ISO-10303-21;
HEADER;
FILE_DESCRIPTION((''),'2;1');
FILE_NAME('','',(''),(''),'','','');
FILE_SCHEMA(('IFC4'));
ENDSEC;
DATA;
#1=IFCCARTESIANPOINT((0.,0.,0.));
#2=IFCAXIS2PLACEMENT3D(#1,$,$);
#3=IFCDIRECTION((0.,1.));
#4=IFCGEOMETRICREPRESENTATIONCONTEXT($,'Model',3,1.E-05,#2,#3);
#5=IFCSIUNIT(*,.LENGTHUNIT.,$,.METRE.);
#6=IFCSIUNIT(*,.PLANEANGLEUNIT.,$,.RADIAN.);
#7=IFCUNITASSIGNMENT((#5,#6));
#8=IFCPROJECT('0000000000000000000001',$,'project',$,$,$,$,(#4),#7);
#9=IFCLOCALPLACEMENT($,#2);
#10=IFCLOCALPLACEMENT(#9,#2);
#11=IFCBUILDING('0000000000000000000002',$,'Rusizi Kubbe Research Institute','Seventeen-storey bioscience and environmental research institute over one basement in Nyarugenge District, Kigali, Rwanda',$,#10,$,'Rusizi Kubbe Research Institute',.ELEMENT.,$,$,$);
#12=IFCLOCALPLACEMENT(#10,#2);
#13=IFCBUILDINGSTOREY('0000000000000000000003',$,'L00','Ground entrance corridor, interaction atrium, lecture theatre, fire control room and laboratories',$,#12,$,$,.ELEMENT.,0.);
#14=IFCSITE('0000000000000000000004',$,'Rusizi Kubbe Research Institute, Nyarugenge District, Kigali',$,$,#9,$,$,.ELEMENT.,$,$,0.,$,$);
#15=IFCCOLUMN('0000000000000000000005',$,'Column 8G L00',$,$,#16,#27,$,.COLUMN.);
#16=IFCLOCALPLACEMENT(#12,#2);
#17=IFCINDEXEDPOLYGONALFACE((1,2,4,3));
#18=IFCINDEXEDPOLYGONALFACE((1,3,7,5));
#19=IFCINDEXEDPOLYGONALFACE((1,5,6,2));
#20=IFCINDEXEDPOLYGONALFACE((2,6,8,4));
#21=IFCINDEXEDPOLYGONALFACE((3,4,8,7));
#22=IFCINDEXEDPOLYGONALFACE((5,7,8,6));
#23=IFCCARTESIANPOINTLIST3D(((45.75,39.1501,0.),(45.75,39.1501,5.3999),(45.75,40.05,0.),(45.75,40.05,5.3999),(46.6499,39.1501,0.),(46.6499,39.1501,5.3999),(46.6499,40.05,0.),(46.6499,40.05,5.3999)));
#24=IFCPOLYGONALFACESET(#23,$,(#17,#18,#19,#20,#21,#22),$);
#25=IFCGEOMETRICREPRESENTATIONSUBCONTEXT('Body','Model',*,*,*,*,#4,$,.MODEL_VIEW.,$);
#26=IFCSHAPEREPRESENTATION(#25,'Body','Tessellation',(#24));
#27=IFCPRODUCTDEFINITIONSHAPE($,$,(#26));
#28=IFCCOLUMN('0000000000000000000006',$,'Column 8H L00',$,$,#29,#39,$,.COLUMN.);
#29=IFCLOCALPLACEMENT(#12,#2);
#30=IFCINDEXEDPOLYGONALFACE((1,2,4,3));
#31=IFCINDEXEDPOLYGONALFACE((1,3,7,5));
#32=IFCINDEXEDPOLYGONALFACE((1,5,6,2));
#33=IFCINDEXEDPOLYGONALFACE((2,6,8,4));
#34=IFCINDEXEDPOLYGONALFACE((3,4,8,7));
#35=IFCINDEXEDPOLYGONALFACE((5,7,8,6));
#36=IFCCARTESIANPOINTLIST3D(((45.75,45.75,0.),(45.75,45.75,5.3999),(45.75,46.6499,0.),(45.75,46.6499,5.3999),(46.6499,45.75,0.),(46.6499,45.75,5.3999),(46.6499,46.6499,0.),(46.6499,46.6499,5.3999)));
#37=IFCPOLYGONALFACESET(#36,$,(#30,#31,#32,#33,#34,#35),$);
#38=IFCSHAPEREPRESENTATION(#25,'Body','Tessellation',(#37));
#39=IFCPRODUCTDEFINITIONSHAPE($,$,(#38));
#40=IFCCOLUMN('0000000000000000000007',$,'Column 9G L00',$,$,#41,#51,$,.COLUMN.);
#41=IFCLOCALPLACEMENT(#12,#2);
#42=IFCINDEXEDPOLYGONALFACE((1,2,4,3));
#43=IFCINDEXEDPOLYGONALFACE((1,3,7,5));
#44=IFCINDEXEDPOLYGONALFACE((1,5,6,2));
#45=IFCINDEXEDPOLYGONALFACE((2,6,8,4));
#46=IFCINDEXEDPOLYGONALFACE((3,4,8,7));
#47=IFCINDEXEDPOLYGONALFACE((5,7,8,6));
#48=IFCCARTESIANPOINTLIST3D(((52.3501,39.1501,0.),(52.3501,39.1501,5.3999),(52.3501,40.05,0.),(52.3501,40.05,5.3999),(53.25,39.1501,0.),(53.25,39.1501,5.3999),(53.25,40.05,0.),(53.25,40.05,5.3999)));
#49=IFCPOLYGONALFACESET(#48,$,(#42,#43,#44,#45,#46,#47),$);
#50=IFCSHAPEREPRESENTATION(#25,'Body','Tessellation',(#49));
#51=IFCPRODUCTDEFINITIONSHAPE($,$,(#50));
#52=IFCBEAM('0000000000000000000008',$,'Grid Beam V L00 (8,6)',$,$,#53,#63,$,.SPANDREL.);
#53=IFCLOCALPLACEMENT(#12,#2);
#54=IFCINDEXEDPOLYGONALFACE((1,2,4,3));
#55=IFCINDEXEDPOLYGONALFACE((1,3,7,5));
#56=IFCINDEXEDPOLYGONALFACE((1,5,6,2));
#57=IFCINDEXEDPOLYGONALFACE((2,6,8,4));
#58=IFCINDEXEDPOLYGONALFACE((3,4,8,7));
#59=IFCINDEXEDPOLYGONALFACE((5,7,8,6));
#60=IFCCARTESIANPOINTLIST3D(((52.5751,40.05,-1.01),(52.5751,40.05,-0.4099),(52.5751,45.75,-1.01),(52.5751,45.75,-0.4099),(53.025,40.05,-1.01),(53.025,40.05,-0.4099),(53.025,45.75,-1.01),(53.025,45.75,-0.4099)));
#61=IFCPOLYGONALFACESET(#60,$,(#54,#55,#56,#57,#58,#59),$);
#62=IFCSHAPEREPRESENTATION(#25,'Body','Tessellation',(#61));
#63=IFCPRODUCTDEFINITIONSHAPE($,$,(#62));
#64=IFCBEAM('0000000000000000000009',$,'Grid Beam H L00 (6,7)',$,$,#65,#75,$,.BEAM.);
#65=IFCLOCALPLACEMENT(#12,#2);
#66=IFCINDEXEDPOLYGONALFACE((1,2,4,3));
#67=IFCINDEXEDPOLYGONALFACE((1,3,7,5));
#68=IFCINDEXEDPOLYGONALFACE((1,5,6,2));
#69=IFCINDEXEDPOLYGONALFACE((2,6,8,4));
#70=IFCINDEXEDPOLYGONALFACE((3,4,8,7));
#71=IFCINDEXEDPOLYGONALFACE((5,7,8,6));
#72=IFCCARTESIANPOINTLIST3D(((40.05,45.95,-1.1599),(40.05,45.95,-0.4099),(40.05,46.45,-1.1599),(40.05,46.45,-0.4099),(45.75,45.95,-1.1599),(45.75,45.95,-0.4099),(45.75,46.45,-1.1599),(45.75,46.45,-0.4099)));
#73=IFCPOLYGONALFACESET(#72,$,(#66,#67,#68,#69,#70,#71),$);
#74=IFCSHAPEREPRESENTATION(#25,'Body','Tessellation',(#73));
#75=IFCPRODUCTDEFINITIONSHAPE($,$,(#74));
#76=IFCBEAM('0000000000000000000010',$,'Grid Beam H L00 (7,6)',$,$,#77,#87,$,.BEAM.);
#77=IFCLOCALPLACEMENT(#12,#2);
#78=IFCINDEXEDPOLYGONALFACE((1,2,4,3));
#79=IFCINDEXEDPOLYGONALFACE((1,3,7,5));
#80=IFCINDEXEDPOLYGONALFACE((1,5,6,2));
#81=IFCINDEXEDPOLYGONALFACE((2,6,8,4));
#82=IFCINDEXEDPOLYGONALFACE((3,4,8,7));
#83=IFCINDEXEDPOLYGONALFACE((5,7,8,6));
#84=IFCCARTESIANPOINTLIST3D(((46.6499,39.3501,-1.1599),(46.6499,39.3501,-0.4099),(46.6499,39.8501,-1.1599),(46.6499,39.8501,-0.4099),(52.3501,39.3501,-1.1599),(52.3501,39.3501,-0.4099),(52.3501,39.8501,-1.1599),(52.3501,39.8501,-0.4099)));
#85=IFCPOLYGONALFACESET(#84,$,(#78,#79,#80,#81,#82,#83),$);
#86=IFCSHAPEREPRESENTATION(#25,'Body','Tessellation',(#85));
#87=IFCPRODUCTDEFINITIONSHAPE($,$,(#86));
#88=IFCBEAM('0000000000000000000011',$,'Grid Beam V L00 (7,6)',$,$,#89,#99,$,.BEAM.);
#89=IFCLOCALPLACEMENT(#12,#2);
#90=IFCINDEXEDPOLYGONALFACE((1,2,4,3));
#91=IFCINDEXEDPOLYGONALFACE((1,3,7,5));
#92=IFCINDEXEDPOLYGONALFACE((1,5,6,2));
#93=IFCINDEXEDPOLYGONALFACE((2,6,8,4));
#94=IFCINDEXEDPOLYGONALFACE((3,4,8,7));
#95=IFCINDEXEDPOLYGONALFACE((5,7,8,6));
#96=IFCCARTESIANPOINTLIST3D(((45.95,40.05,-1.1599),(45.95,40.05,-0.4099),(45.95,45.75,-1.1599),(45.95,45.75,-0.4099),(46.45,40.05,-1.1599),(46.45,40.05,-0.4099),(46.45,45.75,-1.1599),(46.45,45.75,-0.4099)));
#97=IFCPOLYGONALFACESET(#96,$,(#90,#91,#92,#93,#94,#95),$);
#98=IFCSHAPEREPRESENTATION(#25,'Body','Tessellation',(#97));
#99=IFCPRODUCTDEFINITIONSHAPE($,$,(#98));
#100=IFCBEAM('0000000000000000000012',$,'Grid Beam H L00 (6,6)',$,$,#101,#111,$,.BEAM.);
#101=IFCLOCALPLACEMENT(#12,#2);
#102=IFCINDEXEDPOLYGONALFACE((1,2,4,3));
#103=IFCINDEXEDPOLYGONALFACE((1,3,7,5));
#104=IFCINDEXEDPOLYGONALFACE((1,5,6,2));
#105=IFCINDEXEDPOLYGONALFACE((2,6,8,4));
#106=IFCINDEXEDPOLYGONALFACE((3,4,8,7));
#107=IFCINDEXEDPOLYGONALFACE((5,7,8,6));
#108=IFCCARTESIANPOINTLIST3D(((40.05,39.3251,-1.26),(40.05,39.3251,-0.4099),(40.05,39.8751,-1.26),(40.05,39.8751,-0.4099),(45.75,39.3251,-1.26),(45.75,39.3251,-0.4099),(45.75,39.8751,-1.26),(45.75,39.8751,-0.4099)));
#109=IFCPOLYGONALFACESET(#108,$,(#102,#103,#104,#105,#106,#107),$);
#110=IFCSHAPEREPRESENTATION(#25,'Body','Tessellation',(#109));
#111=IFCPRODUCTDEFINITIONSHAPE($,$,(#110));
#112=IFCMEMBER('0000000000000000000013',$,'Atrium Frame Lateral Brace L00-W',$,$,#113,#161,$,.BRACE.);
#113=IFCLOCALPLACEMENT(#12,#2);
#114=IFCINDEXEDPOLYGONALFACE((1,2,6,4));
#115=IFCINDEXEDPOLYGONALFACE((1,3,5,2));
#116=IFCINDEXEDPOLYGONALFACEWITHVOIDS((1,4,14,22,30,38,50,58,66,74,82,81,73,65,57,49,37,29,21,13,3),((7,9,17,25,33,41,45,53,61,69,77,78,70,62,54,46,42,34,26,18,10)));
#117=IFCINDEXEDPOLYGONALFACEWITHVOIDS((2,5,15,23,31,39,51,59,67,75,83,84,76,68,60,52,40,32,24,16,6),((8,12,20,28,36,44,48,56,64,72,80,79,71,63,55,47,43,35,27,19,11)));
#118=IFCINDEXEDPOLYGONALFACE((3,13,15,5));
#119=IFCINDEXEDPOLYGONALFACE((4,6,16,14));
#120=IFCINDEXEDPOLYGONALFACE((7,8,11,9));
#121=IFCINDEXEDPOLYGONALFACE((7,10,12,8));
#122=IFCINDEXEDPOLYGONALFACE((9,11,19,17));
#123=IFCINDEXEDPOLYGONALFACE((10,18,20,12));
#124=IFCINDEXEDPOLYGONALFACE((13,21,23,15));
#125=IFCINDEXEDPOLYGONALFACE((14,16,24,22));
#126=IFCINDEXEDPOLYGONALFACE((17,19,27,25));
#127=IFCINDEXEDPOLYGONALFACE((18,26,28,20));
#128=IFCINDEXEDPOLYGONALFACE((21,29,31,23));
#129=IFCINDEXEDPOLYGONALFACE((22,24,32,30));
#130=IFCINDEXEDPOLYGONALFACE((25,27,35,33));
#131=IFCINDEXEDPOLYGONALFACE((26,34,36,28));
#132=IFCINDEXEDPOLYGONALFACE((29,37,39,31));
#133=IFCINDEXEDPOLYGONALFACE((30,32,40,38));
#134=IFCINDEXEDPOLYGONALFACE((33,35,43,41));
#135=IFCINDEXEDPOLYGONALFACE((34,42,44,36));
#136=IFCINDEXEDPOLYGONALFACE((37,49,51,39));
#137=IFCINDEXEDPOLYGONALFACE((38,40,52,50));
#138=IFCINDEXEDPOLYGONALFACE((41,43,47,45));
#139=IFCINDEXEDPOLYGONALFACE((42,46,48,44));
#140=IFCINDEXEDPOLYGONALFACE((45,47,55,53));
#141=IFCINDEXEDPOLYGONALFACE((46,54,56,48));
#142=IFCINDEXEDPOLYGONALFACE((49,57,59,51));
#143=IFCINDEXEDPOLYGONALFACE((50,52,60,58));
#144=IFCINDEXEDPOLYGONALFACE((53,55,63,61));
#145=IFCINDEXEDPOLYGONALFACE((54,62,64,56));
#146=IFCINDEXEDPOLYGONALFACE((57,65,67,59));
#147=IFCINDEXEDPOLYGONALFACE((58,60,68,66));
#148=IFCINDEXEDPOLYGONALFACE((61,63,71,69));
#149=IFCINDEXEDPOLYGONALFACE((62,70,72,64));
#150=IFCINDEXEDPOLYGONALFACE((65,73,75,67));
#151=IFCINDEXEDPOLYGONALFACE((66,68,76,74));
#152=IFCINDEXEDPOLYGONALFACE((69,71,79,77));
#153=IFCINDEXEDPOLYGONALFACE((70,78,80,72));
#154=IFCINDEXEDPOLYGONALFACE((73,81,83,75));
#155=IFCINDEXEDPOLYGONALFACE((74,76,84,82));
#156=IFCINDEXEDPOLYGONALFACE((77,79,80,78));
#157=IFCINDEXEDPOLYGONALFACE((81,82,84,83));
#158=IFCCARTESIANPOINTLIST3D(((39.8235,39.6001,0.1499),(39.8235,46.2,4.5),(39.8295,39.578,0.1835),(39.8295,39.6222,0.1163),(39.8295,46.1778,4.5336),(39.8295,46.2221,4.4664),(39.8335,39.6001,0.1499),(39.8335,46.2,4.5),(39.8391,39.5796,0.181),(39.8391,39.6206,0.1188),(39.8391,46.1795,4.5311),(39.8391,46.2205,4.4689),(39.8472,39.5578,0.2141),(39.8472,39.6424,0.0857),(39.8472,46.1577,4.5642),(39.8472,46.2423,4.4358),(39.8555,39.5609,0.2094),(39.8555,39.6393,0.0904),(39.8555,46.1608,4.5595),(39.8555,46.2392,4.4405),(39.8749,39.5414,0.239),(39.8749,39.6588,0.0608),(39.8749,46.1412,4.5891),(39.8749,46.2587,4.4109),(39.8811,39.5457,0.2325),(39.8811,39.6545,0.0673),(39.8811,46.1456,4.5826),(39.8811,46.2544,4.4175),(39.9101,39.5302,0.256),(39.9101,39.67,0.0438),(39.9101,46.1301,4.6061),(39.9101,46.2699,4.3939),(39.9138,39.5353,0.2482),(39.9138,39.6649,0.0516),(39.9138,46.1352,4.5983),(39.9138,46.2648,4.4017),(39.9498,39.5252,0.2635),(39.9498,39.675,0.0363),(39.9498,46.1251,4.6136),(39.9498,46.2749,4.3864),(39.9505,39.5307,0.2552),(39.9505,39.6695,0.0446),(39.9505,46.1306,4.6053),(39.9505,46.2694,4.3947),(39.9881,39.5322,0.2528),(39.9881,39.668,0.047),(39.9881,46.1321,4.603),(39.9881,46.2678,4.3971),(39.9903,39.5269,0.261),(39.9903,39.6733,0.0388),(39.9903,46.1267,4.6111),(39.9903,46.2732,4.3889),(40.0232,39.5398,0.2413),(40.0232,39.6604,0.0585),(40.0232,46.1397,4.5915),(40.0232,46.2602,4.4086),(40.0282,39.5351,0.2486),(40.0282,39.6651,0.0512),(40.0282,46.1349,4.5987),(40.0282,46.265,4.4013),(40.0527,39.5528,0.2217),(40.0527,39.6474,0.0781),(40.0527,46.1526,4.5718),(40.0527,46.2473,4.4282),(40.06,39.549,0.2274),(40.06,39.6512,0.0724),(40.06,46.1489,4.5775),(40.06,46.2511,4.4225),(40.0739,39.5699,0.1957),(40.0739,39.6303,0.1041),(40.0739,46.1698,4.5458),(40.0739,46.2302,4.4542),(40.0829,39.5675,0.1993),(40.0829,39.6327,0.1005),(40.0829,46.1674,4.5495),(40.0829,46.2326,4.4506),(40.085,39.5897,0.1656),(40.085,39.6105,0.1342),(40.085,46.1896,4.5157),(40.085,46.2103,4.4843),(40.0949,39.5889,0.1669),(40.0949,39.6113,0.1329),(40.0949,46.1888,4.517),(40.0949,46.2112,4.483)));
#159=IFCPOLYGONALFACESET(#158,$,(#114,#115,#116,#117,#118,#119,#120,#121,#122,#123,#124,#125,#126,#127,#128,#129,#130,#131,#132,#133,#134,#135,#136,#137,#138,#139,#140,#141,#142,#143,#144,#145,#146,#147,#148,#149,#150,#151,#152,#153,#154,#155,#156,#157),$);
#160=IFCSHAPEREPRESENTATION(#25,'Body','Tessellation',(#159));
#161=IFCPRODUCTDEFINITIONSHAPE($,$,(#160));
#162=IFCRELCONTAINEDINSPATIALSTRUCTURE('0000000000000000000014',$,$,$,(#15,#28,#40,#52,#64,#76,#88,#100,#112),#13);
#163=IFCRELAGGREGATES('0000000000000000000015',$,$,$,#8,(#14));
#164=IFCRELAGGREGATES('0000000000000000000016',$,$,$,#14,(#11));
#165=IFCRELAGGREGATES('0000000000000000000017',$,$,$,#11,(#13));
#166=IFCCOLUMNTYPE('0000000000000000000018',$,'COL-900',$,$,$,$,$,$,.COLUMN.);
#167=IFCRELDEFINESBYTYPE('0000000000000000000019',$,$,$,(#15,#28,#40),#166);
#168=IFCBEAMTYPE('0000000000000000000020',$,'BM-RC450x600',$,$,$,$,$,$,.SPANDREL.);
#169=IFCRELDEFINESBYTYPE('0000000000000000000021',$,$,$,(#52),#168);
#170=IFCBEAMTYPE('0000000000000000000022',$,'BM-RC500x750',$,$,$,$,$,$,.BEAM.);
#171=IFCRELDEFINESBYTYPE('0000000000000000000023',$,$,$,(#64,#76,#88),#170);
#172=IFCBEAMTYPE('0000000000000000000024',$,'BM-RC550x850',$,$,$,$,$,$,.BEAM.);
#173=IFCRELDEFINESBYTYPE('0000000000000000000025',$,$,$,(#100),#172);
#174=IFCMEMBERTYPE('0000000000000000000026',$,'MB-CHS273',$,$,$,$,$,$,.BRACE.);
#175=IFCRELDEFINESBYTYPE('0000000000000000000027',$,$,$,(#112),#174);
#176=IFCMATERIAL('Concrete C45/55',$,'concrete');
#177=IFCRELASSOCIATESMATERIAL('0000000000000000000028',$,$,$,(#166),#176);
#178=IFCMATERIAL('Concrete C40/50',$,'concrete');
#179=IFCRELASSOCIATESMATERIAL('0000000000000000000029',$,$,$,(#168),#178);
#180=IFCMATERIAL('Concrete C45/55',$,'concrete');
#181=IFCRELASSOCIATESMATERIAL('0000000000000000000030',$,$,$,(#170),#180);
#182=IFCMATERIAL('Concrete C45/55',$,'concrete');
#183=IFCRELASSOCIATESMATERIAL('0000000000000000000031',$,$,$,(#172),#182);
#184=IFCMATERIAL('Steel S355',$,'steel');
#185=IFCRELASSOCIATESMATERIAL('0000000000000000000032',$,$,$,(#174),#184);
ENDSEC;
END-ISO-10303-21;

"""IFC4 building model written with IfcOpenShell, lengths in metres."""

from ifc_helpers import new_model, si_unit, direction, frame, origin, origin_2d, place, context, subcontext, project, spatial, rectangle, hollow_circle, extrude, material, material_profile, profile_set, type_object, element, save


model = new_model("IFC4")

# Units and contexts
model_context = context("Model", 3, precision=1e-05, world=origin(), true_north=direction((0.0, 1.0)))
body_context = subcontext(model_context, "Body", "Model", "MODEL_VIEW")
ifc_project = project(units=[si_unit("LENGTHUNIT", "METRE"), si_unit("PLANEANGLEUNIT", "RADIAN")], contexts=[model_context])

# Site, building, storey
site_placement = place(None, origin())
site = spatial("IfcSite", under=ifc_project, at=site_placement, Name="Rusizi Kubbe Research Institute, Nyarugenge District, Kigali", CompositionType="ELEMENT", RefElevation=0.0)
building_placement = place(site_placement, origin())
building = spatial("IfcBuilding", under=site, at=building_placement, Name="Rusizi Kubbe Research Institute", Description="Seventeen-storey bioscience and environmental research institute over one basement in Nyarugenge District, Kigali, Rwanda", LongName="Rusizi Kubbe Research Institute", CompositionType="ELEMENT")
storey_placement = place(building_placement, origin())
storey = spatial("IfcBuildingStorey", under=building, at=storey_placement, Name="L00", Description="Ground entrance corridor, interaction atrium, lecture theatre, fire control room and laboratories", CompositionType="ELEMENT", Elevation=0.0)

# Columns
ifc_material_1 = material(Name="Concrete C45/55", Category="concrete")
ifc_material_profile_1 = material_profile(ifc_material_1, rectangle(XDim=0.8999, YDim=0.8999, at=origin_2d()), Name="RC900x900")
ifc_profile_set_1 = profile_set([ifc_material_profile_1], Name="Concrete C45/55")
column_type = type_object("IfcColumnType", Name="COL-900", PredefinedType="COLUMN", material=ifc_profile_set_1)
for number, where, z_axis, x_axis, name in (
    (1, (46.2, 39.6001, 0.0), (0.0, 0.0, 1.0), (1.0, 0.0, 0.0), "Column 8G L00"),
    (2, (46.2, 46.2, 0.0), (0.0, 0.0, 1.0), (1.0, 0.0, 0.0), "Column 8H L00"),
    (3, (52.8, 39.6001, 0.0), (0.0, 0.0, 1.0), (1.0, 0.0, 0.0), "Column 9G L00"),
):
    element("IfcColumn", number, at=place(storey_placement, frame(where, z_axis=z_axis, x_axis=x_axis)), inside=storey, type_object=column_type, Name=name, PredefinedType="COLUMN", context=body_context, shape_type="SweptSolid", body=[
        extrude(rectangle(XDim=0.8999, YDim=0.8999, at=origin_2d()), origin(), (0.0, 0.0, 1.0), 5.3999),
    ])

# Beams
ifc_material_2 = material(Name="Concrete C40/50", Category="concrete")
ifc_material_profile_2 = material_profile(ifc_material_2, rectangle(XDim=0.45, YDim=0.6001, at=origin_2d()), Name="RC450x600")
ifc_profile_set_2 = profile_set([ifc_material_profile_2], Name="Concrete C40/50")
beam_type_1 = type_object("IfcBeamType", Name="BM-RC450x600", PredefinedType="SPANDREL", material=ifc_profile_set_2)
beam_1_placement = place(storey_placement, frame((52.8, 40.05, -0.71), z_axis=(0.0, 1.0, 0.0), x_axis=(-1.0, 0.0, 0.0)))
element("IfcBeam", 4, at=beam_1_placement, inside=storey, type_object=beam_type_1, Name="Grid Beam V L00 (8,6)", PredefinedType="SPANDREL", context=body_context, shape_type="SweptSolid", body=[
    extrude(rectangle(XDim=0.45, YDim=0.6001, at=origin_2d()), origin(), (0.0, 0.0, 1.0), 5.7),
])
ifc_material_3 = material(Name="Concrete C45/55", Category="concrete")
ifc_material_profile_3 = material_profile(ifc_material_3, rectangle(XDim=0.5, YDim=0.75, at=origin_2d()), Name="RC500x750B")
ifc_profile_set_3 = profile_set([ifc_material_profile_3], Name="Concrete C45/55")
beam_type_2 = type_object("IfcBeamType", Name="BM-RC500x750", PredefinedType="BEAM", material=ifc_profile_set_3)
beam_2_placement = place(storey_placement, frame((40.05, 46.2, -0.7849), z_axis=(1.0, 0.0, 0.0), x_axis=(0.0, 1.0, 0.0)))
element("IfcBeam", 5, at=beam_2_placement, inside=storey, type_object=beam_type_2, Name="Grid Beam H L00 (6,7)", PredefinedType="BEAM", context=body_context, shape_type="SweptSolid", body=[
    extrude(rectangle(XDim=0.5, YDim=0.75, at=origin_2d()), origin(), (0.0, 0.0, 1.0), 5.7),
])
beam_3_placement = place(storey_placement, frame((46.6499, 39.6001, -0.7849), z_axis=(1.0, 0.0, 0.0), x_axis=(0.0, 1.0, 0.0)))
element("IfcBeam", 6, at=beam_3_placement, inside=storey, type_object=beam_type_2, Name="Grid Beam H L00 (7,6)", PredefinedType="BEAM", context=body_context, shape_type="SweptSolid", body=[
    extrude(rectangle(XDim=0.5, YDim=0.75, at=origin_2d()), origin(), (0.0, 0.0, 1.0), 5.7002),
])
beam_4_placement = place(storey_placement, frame((46.2, 40.05, -0.7849), z_axis=(0.0, 1.0, 0.0), x_axis=(-1.0, 0.0, 0.0)))
element("IfcBeam", 7, at=beam_4_placement, inside=storey, type_object=beam_type_2, Name="Grid Beam V L00 (7,6)", PredefinedType="BEAM", context=body_context, shape_type="SweptSolid", body=[
    extrude(rectangle(XDim=0.5, YDim=0.75, at=origin_2d()), origin(), (0.0, 0.0, 1.0), 5.7),
])
ifc_material_4 = material(Name="Concrete C45/55", Category="concrete")
ifc_material_profile_4 = material_profile(ifc_material_4, rectangle(XDim=0.55, YDim=0.8501, at=origin_2d()), Name="RC550x850")
ifc_profile_set_4 = profile_set([ifc_material_profile_4], Name="Concrete C45/55")
beam_type_3 = type_object("IfcBeamType", Name="BM-RC550x850", PredefinedType="BEAM", material=ifc_profile_set_4)
beam_5_placement = place(storey_placement, frame((40.05, 39.6001, -0.835), z_axis=(1.0, 0.0, 0.0), x_axis=(0.0, 1.0, 0.0)))
element("IfcBeam", 8, at=beam_5_placement, inside=storey, type_object=beam_type_3, Name="Grid Beam H L00 (6,6)", PredefinedType="BEAM", context=body_context, shape_type="SweptSolid", body=[
    extrude(rectangle(XDim=0.55, YDim=0.8501, at=origin_2d()), origin(), (0.0, 0.0, 1.0), 5.7),
])

# Member
ifc_material_5 = material(Name="Steel S355", Category="steel")
ifc_material_profile_5 = material_profile(ifc_material_5, hollow_circle(Radius=0.1365, WallThickness=0.01, at=origin_2d()), Name="CHS 273.0x10.0")
ifc_profile_set_5 = profile_set([ifc_material_profile_5], Name="Steel S355")
member_type = type_object("IfcMemberType", Name="MB-CHS273", PredefinedType="BRACE", material=ifc_profile_set_5)
member_1_placement = place(storey_placement, frame((39.96, 39.6001, 0.1499), z_axis=(0.0, 0.834947, 0.55033), x_axis=(-1.0, 0.0, 0.0)))
element("IfcMember", 9, at=member_1_placement, inside=storey, type_object=member_type, Name="Atrium Frame Lateral Brace L00-W", PredefinedType="BRACE", context=body_context, shape_type="SweptSolid", body=[
    extrude(hollow_circle(Radius=0.1365, WallThickness=0.01, at=origin_2d()), origin(), (0.0, 0.0, 1.0), 7.9045),
])

save(model, "model.ifc")
